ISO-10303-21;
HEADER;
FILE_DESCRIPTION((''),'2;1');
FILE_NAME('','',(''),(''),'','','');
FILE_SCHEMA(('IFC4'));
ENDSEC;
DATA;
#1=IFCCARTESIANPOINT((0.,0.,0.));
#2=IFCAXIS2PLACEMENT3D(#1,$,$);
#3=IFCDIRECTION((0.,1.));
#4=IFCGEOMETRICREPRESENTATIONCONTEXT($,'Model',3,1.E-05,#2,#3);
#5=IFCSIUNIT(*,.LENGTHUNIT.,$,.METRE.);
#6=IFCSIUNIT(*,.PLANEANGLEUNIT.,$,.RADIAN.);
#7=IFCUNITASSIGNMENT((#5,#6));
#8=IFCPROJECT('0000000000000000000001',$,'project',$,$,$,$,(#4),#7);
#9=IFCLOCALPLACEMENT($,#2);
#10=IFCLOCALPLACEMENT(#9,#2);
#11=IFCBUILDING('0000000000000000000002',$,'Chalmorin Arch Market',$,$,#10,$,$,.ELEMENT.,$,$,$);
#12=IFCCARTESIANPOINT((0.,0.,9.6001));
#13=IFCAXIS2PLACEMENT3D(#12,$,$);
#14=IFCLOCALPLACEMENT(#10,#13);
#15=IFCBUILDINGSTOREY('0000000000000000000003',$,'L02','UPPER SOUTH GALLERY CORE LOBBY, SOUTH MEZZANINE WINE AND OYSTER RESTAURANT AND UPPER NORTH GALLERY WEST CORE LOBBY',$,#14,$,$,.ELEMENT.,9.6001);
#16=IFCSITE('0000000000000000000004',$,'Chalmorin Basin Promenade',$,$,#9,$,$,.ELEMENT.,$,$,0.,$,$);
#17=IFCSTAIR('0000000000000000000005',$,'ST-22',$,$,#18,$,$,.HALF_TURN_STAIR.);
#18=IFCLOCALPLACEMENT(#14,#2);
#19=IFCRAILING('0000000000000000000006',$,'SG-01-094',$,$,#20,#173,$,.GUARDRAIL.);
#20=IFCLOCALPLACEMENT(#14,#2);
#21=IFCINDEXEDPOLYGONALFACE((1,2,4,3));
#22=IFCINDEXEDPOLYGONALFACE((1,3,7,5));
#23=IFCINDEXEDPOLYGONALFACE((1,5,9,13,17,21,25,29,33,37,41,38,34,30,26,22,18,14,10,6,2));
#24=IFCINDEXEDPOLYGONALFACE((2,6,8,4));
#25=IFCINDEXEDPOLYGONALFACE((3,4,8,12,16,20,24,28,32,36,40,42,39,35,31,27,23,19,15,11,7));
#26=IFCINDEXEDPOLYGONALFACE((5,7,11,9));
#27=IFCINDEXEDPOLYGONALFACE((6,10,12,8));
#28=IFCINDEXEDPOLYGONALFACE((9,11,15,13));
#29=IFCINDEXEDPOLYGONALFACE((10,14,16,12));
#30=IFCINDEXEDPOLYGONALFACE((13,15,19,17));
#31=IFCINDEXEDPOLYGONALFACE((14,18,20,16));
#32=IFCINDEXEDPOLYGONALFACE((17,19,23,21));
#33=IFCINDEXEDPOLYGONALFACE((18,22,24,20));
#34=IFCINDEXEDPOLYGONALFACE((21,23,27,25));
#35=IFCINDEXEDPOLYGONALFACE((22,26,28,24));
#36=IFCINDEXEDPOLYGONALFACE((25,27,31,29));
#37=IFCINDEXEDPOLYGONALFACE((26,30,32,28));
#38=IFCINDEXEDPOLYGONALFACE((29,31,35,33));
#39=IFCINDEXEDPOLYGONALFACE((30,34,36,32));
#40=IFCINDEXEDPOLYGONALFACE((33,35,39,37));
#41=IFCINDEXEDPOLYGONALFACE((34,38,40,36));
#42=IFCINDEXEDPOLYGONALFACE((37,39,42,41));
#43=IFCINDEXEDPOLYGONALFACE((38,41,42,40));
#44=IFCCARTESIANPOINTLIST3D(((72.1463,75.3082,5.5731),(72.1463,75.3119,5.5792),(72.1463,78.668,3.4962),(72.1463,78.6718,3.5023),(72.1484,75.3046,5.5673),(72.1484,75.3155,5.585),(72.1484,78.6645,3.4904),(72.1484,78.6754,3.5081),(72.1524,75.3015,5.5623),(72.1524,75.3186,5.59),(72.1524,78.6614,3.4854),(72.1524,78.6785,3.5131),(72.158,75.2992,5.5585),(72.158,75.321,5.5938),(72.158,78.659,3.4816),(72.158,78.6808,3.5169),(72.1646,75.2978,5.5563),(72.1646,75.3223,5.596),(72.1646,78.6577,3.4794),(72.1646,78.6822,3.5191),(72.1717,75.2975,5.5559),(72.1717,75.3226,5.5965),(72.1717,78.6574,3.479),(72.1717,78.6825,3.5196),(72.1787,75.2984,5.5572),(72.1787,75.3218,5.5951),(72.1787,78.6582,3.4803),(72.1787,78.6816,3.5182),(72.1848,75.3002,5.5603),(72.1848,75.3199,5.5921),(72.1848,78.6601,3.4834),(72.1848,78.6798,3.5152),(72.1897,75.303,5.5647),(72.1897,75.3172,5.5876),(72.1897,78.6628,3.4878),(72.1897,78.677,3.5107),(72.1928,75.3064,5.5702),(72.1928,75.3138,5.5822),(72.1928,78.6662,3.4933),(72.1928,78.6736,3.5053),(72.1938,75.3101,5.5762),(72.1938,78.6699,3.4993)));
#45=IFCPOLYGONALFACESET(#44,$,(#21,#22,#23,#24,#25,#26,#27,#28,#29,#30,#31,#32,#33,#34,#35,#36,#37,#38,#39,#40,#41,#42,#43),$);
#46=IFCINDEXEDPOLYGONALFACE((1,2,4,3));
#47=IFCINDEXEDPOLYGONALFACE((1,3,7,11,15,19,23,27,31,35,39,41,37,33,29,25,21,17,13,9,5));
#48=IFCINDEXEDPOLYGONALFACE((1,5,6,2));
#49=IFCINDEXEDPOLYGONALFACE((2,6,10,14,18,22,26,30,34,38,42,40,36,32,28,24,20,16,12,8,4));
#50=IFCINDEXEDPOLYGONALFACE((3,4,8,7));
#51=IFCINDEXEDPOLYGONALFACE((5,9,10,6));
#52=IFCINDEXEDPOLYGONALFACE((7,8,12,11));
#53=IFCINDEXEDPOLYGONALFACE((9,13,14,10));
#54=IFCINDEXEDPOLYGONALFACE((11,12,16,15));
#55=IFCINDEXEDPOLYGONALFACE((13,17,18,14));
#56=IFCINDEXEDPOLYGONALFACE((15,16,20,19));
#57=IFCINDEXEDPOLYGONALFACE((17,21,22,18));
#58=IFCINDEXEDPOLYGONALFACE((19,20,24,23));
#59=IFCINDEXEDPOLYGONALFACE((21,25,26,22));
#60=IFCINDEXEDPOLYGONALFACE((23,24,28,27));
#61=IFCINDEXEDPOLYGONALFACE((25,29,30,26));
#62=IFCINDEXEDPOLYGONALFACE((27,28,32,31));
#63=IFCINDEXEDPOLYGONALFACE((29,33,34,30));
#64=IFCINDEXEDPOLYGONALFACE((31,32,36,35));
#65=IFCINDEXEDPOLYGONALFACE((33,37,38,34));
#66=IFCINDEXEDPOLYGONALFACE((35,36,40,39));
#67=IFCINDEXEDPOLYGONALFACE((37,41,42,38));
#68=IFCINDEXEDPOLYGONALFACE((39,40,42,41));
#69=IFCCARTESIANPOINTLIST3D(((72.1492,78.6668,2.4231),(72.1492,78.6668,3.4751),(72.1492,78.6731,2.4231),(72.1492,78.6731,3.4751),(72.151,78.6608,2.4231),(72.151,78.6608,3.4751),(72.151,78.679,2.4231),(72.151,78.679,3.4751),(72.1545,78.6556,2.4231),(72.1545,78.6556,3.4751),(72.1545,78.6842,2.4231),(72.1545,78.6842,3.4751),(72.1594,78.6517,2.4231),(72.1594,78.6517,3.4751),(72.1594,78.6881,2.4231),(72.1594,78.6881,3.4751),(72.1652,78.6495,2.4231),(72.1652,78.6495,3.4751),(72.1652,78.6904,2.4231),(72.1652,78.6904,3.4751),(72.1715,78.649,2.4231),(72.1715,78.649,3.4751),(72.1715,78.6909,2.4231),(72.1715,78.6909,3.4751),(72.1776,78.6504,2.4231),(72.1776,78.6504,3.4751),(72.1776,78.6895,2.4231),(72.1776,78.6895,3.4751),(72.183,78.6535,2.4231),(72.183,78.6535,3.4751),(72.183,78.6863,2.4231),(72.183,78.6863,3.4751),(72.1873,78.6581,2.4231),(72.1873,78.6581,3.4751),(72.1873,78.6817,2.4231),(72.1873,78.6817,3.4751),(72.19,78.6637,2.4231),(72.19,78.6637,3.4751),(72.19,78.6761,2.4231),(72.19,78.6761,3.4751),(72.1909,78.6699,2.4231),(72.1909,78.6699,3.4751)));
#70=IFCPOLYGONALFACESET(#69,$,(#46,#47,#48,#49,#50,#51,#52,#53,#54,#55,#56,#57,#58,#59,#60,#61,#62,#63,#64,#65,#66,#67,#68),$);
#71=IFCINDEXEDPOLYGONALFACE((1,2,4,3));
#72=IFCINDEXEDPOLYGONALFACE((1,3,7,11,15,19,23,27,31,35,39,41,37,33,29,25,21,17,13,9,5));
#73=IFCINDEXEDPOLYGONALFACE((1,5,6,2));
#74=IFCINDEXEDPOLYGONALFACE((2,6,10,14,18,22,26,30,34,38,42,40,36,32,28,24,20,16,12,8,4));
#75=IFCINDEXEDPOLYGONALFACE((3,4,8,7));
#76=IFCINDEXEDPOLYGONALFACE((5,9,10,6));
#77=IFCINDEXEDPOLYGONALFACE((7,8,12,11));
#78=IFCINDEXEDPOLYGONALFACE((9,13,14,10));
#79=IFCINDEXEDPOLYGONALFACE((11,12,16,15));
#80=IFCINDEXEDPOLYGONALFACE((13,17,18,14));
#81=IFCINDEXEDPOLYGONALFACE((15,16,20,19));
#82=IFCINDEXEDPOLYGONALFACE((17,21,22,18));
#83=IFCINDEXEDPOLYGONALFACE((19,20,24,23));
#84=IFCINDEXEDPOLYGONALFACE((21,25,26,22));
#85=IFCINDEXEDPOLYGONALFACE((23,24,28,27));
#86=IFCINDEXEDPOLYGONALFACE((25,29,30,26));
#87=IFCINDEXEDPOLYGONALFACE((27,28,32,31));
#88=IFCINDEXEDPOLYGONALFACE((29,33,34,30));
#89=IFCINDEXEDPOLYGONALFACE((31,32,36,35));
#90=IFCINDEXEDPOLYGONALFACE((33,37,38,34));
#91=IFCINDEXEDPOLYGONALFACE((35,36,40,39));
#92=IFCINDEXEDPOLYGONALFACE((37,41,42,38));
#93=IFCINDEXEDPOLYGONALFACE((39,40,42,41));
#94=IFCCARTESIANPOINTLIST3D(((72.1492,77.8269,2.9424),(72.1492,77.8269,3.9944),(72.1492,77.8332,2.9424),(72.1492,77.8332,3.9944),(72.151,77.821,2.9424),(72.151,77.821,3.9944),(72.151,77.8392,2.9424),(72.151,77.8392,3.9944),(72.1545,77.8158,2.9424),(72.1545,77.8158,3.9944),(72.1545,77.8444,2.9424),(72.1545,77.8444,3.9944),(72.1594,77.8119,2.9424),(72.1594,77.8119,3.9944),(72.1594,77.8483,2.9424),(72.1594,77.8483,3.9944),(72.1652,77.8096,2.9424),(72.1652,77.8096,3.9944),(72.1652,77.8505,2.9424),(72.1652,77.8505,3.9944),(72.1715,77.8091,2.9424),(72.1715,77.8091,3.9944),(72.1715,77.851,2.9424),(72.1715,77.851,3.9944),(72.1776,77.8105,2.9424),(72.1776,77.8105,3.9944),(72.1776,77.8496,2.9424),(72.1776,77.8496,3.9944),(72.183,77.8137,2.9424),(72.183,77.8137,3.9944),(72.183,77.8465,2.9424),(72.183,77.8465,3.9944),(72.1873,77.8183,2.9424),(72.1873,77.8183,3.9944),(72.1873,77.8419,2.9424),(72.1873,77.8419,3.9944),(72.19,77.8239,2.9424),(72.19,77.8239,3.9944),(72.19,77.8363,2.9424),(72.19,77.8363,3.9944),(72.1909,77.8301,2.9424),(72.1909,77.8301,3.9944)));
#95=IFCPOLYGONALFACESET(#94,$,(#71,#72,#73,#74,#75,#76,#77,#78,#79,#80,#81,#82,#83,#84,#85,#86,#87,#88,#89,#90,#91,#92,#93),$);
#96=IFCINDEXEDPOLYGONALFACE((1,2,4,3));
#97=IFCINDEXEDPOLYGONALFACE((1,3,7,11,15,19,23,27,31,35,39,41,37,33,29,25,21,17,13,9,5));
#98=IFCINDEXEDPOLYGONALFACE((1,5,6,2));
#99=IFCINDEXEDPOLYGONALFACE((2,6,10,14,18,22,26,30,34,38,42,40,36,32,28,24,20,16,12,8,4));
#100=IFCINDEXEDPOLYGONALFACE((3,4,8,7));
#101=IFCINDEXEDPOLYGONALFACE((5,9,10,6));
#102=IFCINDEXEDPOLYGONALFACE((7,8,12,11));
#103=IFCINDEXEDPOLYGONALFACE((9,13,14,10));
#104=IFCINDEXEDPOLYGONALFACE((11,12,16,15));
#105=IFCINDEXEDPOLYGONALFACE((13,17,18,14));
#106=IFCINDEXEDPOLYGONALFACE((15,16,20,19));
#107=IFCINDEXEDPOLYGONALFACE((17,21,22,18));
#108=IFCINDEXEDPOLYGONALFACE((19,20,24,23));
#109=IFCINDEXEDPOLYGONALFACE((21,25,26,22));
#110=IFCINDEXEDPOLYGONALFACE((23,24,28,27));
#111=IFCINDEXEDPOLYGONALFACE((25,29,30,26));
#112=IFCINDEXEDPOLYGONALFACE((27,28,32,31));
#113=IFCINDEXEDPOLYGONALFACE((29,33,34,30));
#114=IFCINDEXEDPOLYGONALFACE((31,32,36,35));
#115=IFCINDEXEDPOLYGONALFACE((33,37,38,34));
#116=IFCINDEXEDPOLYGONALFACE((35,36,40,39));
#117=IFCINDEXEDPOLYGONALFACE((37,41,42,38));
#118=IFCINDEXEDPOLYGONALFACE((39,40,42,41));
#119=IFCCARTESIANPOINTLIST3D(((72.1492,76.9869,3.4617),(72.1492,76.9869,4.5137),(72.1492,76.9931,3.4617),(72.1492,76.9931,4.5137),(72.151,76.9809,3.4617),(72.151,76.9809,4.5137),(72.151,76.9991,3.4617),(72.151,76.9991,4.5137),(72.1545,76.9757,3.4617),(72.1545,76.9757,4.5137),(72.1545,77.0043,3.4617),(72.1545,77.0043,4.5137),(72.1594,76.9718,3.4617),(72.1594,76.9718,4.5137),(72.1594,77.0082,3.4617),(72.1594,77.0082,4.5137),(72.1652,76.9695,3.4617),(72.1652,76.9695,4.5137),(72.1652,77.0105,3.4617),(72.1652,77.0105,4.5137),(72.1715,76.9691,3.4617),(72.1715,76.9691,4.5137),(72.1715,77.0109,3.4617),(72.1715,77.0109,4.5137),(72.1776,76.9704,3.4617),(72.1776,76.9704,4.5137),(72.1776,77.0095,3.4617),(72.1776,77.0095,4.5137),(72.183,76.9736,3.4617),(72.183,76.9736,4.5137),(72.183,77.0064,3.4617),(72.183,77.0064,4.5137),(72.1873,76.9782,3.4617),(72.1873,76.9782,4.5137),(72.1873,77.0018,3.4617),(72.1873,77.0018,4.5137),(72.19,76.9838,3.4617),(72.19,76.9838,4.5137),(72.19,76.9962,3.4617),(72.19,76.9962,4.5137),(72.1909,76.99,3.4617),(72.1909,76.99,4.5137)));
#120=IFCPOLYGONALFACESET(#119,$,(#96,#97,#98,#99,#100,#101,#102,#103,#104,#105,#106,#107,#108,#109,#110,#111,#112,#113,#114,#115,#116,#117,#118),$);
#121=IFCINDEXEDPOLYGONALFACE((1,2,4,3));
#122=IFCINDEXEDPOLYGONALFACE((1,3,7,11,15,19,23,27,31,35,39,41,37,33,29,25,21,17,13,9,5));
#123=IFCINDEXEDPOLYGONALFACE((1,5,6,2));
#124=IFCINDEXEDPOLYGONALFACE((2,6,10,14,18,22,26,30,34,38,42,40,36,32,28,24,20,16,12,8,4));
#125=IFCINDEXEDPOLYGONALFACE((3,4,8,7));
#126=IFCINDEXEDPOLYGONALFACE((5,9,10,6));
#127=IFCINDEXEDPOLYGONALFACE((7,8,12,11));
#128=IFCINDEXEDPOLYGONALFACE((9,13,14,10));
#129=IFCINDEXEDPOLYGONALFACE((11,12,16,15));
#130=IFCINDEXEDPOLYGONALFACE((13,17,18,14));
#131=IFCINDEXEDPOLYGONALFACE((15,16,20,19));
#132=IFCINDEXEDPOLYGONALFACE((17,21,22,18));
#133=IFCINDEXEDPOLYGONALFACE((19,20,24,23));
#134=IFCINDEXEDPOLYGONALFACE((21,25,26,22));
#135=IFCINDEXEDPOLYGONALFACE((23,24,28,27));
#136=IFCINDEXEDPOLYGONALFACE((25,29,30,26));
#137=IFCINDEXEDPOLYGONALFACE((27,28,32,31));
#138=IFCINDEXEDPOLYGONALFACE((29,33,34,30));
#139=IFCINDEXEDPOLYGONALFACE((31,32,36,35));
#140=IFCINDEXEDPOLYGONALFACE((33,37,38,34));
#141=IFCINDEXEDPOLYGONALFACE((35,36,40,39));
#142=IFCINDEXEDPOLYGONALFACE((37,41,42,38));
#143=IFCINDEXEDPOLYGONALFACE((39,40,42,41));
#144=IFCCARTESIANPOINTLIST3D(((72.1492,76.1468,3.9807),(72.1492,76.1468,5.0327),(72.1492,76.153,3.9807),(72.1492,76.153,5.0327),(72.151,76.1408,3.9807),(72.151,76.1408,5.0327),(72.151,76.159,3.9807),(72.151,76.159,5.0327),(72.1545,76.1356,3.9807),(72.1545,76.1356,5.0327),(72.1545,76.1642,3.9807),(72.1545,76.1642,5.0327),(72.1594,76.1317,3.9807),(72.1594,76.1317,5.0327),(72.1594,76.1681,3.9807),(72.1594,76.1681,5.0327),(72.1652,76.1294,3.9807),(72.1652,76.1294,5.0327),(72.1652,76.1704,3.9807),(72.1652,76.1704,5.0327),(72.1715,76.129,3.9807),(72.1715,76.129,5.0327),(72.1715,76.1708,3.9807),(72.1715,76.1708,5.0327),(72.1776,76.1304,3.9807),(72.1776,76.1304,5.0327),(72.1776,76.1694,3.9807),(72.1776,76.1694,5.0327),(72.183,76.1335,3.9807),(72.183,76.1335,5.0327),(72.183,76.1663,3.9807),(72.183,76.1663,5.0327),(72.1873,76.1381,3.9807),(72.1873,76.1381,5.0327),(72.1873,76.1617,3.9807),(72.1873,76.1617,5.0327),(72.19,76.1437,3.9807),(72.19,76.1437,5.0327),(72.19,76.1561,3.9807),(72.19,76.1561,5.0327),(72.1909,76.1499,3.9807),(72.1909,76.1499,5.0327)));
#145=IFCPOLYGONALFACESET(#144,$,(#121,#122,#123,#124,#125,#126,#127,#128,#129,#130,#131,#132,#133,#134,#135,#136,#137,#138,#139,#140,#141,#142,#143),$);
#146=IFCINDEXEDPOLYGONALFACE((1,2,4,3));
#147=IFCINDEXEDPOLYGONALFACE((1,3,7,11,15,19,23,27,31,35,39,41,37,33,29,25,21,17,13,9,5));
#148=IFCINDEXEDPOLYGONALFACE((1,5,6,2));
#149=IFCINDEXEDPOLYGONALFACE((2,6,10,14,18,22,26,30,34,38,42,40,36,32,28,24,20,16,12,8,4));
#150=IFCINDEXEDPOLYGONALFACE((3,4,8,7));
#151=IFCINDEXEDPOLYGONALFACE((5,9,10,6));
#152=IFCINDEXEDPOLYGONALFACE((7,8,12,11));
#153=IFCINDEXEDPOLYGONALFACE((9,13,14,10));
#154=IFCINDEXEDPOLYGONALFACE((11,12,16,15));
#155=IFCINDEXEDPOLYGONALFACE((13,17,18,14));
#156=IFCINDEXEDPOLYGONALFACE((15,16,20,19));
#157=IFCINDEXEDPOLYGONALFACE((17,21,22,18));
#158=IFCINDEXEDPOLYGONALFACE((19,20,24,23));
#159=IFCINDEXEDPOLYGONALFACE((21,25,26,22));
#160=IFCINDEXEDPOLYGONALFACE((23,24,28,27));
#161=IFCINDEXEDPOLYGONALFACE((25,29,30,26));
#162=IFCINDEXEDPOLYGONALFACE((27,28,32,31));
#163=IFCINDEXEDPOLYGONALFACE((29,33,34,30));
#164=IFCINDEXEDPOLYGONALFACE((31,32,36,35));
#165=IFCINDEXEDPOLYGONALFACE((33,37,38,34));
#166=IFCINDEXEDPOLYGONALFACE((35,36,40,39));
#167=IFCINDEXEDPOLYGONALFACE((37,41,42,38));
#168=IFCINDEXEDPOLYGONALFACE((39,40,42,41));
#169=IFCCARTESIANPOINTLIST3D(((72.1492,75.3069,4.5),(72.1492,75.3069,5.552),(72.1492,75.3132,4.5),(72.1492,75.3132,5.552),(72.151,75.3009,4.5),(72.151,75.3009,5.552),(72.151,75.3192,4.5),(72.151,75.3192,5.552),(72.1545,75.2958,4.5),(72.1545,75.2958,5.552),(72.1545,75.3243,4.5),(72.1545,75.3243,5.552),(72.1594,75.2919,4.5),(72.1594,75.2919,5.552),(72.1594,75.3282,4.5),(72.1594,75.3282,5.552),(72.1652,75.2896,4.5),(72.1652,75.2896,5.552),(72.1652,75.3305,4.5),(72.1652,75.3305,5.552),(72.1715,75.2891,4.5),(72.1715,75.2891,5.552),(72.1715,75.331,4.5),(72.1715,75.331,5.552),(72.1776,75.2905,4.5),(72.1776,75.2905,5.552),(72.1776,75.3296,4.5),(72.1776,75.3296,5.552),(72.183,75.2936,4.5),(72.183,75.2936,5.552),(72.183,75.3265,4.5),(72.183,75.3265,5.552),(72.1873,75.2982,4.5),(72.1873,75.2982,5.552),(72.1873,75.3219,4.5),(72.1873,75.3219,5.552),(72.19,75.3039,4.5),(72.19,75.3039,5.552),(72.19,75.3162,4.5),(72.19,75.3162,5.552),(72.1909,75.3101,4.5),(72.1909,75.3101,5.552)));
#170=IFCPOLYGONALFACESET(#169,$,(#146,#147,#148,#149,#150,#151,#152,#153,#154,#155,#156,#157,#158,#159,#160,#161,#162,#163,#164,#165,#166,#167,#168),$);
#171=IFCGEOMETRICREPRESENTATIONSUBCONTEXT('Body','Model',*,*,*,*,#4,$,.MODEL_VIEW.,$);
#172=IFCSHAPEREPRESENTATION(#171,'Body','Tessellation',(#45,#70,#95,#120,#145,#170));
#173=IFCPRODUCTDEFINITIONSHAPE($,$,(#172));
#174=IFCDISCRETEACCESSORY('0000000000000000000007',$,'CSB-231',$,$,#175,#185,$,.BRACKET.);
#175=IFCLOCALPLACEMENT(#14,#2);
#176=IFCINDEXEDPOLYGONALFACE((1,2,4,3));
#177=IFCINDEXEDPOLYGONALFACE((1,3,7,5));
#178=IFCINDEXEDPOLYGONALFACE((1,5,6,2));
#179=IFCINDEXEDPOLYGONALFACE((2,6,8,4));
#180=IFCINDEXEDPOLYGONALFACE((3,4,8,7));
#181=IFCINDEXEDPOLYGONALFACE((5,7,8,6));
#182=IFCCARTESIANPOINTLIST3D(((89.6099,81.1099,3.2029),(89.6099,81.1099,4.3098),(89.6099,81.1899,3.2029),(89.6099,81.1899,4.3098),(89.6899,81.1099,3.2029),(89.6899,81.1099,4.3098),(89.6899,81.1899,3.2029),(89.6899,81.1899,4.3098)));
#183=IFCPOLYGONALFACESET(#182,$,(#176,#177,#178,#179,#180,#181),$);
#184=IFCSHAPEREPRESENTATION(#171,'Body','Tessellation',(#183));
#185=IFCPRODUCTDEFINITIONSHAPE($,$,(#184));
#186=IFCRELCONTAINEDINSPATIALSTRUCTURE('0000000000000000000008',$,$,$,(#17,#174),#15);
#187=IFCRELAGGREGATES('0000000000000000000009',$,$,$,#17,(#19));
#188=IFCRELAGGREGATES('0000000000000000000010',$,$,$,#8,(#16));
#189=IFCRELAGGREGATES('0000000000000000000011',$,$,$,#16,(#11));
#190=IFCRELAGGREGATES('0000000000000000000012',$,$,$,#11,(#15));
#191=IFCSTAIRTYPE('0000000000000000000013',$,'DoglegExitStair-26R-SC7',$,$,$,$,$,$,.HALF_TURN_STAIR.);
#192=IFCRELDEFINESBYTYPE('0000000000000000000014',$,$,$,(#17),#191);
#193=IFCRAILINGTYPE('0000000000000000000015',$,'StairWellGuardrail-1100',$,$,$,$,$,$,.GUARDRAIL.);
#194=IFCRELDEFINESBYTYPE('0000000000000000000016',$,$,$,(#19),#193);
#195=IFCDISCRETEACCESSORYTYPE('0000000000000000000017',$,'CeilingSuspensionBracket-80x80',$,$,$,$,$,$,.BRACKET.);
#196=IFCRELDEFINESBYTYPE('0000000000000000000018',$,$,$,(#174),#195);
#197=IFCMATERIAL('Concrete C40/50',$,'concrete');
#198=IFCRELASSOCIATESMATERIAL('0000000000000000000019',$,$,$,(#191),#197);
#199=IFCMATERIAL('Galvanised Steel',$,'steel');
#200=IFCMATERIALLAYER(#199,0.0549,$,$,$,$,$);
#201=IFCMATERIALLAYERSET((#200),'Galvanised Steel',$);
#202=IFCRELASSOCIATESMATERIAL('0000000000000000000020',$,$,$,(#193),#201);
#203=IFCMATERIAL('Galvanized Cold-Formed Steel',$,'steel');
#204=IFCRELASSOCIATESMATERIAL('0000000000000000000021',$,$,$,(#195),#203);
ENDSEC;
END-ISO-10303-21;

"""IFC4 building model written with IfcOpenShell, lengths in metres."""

from ifc_helpers import new_model, si_unit, direction, frame, origin, origin_2d, place, context, subcontext, project, spatial, rectangle, circle, extrude, material, layer, layer_set, type_object, element, aggregate, save


model = new_model("IFC4")

# Units and contexts
model_context = context("Model", 3, precision=1e-05, world=origin(), true_north=direction((0.0, 1.0)))
body_context = subcontext(model_context, "Body", "Model", "MODEL_VIEW")
ifc_project = project(units=[si_unit("LENGTHUNIT", "METRE"), si_unit("PLANEANGLEUNIT", "RADIAN")], contexts=[model_context])

# Site, building, storey
site_placement = place(None, origin())
site = spatial("IfcSite", under=ifc_project, at=site_placement, Name="Chalmorin Basin Promenade", CompositionType="ELEMENT", RefElevation=0.0)
building_placement = place(site_placement, origin())
building = spatial("IfcBuilding", under=site, at=building_placement, Name="Chalmorin Arch Market", CompositionType="ELEMENT")
storey_placement = place(building_placement, frame((0.0, 0.0, 9.6001)))
storey = spatial("IfcBuildingStorey", under=building, at=storey_placement, Name="L02", Description="UPPER SOUTH GALLERY CORE LOBBY, SOUTH MEZZANINE WINE AND OYSTER RESTAURANT AND UPPER NORTH GALLERY WEST CORE LOBBY", CompositionType="ELEMENT", Elevation=9.6001)

# Shared definitions
ifc_material_1 = material(Name="Concrete C40/50", Category="concrete")

# Shared definitions
ifc_material_2 = material(Name="Galvanised Steel", Category="steel")

# Stair
stair_type = type_object("IfcStairType", Name="DoglegExitStair-26R-SC7", PredefinedType="HALF_TURN_STAIR", material=ifc_material_1)
stair_placement = place(storey_placement, origin())
stair = element("IfcStair", 1, at=stair_placement, inside=storey, type_object=stair_type, Name="ST-22", PredefinedType="HALF_TURN_STAIR")

# Railing
ifc_layer_1 = layer(ifc_material_2, 0.0549)
ifc_layer_set_1 = layer_set([ifc_layer_1], Name="Galvanised Steel")
railing_type_1 = type_object("IfcRailingType", Name="StairWellGuardrail-1100", PredefinedType="GUARDRAIL", material=ifc_layer_set_1)
railing_1_placement = place(storey_placement, frame((72.1699, 78.6699, 2.4231)))
railing_1 = element("IfcRailing", 2, at=railing_1_placement, type_object=railing_type_1, Name="SG-01-094", PredefinedType="GUARDRAIL", context=body_context, shape_type="SweptSolid", body=[
    extrude(circle(Radius=0.0239, at=origin_2d()), frame((0.0, 0.0, 1.0762), z_axis=(0.0, -0.850606, 0.525803), x_axis=(1.0, 0.0, 0.0)), (0.0, 0.0, 1.0), 3.95),
    extrude(circle(Radius=0.021, at=origin_2d()), origin(), (0.0, 0.0, 1.0), 1.052),
    extrude(circle(Radius=0.021, at=origin_2d()), frame((0.0, -0.8398, 0.5193)), (0.0, 0.0, 1.0), 1.052),
    extrude(circle(Radius=0.021, at=origin_2d()), frame((0.0, -1.6799, 1.0386)), (0.0, 0.0, 1.0), 1.052),
    extrude(circle(Radius=0.021, at=origin_2d()), frame((0.0, -2.52, 1.5576)), (0.0, 0.0, 1.0), 1.052),
    extrude(circle(Radius=0.021, at=origin_2d()), frame((0.0, -3.3599, 2.0769)), (0.0, 0.0, 1.0), 1.052),
])
aggregate(stair, [railing_1])

# Discrete accessory
ifc_material_3 = material(Name="Galvanized Cold-Formed Steel", Category="steel")
discrete_accessory_type = type_object("IfcDiscreteAccessoryType", Name="CeilingSuspensionBracket-80x80", PredefinedType="BRACKET", material=ifc_material_3)
discrete_accessory_placement = place(storey_placement, frame((89.6499, 81.1499, 3.2029), z_axis=(0.0, 0.0, 1.0), x_axis=(1.0, 0.0, 0.0)))
element("IfcDiscreteAccessory", 3, at=discrete_accessory_placement, inside=storey, type_object=discrete_accessory_type, Name="CSB-231", PredefinedType="BRACKET", context=body_context, shape_type="SweptSolid", body=[
    extrude(rectangle(XDim=0.0801, YDim=0.0801, at=origin_2d()), origin(), (0.0, 0.0, 1.0), 1.1069),
])

save(model, "model.ifc")
